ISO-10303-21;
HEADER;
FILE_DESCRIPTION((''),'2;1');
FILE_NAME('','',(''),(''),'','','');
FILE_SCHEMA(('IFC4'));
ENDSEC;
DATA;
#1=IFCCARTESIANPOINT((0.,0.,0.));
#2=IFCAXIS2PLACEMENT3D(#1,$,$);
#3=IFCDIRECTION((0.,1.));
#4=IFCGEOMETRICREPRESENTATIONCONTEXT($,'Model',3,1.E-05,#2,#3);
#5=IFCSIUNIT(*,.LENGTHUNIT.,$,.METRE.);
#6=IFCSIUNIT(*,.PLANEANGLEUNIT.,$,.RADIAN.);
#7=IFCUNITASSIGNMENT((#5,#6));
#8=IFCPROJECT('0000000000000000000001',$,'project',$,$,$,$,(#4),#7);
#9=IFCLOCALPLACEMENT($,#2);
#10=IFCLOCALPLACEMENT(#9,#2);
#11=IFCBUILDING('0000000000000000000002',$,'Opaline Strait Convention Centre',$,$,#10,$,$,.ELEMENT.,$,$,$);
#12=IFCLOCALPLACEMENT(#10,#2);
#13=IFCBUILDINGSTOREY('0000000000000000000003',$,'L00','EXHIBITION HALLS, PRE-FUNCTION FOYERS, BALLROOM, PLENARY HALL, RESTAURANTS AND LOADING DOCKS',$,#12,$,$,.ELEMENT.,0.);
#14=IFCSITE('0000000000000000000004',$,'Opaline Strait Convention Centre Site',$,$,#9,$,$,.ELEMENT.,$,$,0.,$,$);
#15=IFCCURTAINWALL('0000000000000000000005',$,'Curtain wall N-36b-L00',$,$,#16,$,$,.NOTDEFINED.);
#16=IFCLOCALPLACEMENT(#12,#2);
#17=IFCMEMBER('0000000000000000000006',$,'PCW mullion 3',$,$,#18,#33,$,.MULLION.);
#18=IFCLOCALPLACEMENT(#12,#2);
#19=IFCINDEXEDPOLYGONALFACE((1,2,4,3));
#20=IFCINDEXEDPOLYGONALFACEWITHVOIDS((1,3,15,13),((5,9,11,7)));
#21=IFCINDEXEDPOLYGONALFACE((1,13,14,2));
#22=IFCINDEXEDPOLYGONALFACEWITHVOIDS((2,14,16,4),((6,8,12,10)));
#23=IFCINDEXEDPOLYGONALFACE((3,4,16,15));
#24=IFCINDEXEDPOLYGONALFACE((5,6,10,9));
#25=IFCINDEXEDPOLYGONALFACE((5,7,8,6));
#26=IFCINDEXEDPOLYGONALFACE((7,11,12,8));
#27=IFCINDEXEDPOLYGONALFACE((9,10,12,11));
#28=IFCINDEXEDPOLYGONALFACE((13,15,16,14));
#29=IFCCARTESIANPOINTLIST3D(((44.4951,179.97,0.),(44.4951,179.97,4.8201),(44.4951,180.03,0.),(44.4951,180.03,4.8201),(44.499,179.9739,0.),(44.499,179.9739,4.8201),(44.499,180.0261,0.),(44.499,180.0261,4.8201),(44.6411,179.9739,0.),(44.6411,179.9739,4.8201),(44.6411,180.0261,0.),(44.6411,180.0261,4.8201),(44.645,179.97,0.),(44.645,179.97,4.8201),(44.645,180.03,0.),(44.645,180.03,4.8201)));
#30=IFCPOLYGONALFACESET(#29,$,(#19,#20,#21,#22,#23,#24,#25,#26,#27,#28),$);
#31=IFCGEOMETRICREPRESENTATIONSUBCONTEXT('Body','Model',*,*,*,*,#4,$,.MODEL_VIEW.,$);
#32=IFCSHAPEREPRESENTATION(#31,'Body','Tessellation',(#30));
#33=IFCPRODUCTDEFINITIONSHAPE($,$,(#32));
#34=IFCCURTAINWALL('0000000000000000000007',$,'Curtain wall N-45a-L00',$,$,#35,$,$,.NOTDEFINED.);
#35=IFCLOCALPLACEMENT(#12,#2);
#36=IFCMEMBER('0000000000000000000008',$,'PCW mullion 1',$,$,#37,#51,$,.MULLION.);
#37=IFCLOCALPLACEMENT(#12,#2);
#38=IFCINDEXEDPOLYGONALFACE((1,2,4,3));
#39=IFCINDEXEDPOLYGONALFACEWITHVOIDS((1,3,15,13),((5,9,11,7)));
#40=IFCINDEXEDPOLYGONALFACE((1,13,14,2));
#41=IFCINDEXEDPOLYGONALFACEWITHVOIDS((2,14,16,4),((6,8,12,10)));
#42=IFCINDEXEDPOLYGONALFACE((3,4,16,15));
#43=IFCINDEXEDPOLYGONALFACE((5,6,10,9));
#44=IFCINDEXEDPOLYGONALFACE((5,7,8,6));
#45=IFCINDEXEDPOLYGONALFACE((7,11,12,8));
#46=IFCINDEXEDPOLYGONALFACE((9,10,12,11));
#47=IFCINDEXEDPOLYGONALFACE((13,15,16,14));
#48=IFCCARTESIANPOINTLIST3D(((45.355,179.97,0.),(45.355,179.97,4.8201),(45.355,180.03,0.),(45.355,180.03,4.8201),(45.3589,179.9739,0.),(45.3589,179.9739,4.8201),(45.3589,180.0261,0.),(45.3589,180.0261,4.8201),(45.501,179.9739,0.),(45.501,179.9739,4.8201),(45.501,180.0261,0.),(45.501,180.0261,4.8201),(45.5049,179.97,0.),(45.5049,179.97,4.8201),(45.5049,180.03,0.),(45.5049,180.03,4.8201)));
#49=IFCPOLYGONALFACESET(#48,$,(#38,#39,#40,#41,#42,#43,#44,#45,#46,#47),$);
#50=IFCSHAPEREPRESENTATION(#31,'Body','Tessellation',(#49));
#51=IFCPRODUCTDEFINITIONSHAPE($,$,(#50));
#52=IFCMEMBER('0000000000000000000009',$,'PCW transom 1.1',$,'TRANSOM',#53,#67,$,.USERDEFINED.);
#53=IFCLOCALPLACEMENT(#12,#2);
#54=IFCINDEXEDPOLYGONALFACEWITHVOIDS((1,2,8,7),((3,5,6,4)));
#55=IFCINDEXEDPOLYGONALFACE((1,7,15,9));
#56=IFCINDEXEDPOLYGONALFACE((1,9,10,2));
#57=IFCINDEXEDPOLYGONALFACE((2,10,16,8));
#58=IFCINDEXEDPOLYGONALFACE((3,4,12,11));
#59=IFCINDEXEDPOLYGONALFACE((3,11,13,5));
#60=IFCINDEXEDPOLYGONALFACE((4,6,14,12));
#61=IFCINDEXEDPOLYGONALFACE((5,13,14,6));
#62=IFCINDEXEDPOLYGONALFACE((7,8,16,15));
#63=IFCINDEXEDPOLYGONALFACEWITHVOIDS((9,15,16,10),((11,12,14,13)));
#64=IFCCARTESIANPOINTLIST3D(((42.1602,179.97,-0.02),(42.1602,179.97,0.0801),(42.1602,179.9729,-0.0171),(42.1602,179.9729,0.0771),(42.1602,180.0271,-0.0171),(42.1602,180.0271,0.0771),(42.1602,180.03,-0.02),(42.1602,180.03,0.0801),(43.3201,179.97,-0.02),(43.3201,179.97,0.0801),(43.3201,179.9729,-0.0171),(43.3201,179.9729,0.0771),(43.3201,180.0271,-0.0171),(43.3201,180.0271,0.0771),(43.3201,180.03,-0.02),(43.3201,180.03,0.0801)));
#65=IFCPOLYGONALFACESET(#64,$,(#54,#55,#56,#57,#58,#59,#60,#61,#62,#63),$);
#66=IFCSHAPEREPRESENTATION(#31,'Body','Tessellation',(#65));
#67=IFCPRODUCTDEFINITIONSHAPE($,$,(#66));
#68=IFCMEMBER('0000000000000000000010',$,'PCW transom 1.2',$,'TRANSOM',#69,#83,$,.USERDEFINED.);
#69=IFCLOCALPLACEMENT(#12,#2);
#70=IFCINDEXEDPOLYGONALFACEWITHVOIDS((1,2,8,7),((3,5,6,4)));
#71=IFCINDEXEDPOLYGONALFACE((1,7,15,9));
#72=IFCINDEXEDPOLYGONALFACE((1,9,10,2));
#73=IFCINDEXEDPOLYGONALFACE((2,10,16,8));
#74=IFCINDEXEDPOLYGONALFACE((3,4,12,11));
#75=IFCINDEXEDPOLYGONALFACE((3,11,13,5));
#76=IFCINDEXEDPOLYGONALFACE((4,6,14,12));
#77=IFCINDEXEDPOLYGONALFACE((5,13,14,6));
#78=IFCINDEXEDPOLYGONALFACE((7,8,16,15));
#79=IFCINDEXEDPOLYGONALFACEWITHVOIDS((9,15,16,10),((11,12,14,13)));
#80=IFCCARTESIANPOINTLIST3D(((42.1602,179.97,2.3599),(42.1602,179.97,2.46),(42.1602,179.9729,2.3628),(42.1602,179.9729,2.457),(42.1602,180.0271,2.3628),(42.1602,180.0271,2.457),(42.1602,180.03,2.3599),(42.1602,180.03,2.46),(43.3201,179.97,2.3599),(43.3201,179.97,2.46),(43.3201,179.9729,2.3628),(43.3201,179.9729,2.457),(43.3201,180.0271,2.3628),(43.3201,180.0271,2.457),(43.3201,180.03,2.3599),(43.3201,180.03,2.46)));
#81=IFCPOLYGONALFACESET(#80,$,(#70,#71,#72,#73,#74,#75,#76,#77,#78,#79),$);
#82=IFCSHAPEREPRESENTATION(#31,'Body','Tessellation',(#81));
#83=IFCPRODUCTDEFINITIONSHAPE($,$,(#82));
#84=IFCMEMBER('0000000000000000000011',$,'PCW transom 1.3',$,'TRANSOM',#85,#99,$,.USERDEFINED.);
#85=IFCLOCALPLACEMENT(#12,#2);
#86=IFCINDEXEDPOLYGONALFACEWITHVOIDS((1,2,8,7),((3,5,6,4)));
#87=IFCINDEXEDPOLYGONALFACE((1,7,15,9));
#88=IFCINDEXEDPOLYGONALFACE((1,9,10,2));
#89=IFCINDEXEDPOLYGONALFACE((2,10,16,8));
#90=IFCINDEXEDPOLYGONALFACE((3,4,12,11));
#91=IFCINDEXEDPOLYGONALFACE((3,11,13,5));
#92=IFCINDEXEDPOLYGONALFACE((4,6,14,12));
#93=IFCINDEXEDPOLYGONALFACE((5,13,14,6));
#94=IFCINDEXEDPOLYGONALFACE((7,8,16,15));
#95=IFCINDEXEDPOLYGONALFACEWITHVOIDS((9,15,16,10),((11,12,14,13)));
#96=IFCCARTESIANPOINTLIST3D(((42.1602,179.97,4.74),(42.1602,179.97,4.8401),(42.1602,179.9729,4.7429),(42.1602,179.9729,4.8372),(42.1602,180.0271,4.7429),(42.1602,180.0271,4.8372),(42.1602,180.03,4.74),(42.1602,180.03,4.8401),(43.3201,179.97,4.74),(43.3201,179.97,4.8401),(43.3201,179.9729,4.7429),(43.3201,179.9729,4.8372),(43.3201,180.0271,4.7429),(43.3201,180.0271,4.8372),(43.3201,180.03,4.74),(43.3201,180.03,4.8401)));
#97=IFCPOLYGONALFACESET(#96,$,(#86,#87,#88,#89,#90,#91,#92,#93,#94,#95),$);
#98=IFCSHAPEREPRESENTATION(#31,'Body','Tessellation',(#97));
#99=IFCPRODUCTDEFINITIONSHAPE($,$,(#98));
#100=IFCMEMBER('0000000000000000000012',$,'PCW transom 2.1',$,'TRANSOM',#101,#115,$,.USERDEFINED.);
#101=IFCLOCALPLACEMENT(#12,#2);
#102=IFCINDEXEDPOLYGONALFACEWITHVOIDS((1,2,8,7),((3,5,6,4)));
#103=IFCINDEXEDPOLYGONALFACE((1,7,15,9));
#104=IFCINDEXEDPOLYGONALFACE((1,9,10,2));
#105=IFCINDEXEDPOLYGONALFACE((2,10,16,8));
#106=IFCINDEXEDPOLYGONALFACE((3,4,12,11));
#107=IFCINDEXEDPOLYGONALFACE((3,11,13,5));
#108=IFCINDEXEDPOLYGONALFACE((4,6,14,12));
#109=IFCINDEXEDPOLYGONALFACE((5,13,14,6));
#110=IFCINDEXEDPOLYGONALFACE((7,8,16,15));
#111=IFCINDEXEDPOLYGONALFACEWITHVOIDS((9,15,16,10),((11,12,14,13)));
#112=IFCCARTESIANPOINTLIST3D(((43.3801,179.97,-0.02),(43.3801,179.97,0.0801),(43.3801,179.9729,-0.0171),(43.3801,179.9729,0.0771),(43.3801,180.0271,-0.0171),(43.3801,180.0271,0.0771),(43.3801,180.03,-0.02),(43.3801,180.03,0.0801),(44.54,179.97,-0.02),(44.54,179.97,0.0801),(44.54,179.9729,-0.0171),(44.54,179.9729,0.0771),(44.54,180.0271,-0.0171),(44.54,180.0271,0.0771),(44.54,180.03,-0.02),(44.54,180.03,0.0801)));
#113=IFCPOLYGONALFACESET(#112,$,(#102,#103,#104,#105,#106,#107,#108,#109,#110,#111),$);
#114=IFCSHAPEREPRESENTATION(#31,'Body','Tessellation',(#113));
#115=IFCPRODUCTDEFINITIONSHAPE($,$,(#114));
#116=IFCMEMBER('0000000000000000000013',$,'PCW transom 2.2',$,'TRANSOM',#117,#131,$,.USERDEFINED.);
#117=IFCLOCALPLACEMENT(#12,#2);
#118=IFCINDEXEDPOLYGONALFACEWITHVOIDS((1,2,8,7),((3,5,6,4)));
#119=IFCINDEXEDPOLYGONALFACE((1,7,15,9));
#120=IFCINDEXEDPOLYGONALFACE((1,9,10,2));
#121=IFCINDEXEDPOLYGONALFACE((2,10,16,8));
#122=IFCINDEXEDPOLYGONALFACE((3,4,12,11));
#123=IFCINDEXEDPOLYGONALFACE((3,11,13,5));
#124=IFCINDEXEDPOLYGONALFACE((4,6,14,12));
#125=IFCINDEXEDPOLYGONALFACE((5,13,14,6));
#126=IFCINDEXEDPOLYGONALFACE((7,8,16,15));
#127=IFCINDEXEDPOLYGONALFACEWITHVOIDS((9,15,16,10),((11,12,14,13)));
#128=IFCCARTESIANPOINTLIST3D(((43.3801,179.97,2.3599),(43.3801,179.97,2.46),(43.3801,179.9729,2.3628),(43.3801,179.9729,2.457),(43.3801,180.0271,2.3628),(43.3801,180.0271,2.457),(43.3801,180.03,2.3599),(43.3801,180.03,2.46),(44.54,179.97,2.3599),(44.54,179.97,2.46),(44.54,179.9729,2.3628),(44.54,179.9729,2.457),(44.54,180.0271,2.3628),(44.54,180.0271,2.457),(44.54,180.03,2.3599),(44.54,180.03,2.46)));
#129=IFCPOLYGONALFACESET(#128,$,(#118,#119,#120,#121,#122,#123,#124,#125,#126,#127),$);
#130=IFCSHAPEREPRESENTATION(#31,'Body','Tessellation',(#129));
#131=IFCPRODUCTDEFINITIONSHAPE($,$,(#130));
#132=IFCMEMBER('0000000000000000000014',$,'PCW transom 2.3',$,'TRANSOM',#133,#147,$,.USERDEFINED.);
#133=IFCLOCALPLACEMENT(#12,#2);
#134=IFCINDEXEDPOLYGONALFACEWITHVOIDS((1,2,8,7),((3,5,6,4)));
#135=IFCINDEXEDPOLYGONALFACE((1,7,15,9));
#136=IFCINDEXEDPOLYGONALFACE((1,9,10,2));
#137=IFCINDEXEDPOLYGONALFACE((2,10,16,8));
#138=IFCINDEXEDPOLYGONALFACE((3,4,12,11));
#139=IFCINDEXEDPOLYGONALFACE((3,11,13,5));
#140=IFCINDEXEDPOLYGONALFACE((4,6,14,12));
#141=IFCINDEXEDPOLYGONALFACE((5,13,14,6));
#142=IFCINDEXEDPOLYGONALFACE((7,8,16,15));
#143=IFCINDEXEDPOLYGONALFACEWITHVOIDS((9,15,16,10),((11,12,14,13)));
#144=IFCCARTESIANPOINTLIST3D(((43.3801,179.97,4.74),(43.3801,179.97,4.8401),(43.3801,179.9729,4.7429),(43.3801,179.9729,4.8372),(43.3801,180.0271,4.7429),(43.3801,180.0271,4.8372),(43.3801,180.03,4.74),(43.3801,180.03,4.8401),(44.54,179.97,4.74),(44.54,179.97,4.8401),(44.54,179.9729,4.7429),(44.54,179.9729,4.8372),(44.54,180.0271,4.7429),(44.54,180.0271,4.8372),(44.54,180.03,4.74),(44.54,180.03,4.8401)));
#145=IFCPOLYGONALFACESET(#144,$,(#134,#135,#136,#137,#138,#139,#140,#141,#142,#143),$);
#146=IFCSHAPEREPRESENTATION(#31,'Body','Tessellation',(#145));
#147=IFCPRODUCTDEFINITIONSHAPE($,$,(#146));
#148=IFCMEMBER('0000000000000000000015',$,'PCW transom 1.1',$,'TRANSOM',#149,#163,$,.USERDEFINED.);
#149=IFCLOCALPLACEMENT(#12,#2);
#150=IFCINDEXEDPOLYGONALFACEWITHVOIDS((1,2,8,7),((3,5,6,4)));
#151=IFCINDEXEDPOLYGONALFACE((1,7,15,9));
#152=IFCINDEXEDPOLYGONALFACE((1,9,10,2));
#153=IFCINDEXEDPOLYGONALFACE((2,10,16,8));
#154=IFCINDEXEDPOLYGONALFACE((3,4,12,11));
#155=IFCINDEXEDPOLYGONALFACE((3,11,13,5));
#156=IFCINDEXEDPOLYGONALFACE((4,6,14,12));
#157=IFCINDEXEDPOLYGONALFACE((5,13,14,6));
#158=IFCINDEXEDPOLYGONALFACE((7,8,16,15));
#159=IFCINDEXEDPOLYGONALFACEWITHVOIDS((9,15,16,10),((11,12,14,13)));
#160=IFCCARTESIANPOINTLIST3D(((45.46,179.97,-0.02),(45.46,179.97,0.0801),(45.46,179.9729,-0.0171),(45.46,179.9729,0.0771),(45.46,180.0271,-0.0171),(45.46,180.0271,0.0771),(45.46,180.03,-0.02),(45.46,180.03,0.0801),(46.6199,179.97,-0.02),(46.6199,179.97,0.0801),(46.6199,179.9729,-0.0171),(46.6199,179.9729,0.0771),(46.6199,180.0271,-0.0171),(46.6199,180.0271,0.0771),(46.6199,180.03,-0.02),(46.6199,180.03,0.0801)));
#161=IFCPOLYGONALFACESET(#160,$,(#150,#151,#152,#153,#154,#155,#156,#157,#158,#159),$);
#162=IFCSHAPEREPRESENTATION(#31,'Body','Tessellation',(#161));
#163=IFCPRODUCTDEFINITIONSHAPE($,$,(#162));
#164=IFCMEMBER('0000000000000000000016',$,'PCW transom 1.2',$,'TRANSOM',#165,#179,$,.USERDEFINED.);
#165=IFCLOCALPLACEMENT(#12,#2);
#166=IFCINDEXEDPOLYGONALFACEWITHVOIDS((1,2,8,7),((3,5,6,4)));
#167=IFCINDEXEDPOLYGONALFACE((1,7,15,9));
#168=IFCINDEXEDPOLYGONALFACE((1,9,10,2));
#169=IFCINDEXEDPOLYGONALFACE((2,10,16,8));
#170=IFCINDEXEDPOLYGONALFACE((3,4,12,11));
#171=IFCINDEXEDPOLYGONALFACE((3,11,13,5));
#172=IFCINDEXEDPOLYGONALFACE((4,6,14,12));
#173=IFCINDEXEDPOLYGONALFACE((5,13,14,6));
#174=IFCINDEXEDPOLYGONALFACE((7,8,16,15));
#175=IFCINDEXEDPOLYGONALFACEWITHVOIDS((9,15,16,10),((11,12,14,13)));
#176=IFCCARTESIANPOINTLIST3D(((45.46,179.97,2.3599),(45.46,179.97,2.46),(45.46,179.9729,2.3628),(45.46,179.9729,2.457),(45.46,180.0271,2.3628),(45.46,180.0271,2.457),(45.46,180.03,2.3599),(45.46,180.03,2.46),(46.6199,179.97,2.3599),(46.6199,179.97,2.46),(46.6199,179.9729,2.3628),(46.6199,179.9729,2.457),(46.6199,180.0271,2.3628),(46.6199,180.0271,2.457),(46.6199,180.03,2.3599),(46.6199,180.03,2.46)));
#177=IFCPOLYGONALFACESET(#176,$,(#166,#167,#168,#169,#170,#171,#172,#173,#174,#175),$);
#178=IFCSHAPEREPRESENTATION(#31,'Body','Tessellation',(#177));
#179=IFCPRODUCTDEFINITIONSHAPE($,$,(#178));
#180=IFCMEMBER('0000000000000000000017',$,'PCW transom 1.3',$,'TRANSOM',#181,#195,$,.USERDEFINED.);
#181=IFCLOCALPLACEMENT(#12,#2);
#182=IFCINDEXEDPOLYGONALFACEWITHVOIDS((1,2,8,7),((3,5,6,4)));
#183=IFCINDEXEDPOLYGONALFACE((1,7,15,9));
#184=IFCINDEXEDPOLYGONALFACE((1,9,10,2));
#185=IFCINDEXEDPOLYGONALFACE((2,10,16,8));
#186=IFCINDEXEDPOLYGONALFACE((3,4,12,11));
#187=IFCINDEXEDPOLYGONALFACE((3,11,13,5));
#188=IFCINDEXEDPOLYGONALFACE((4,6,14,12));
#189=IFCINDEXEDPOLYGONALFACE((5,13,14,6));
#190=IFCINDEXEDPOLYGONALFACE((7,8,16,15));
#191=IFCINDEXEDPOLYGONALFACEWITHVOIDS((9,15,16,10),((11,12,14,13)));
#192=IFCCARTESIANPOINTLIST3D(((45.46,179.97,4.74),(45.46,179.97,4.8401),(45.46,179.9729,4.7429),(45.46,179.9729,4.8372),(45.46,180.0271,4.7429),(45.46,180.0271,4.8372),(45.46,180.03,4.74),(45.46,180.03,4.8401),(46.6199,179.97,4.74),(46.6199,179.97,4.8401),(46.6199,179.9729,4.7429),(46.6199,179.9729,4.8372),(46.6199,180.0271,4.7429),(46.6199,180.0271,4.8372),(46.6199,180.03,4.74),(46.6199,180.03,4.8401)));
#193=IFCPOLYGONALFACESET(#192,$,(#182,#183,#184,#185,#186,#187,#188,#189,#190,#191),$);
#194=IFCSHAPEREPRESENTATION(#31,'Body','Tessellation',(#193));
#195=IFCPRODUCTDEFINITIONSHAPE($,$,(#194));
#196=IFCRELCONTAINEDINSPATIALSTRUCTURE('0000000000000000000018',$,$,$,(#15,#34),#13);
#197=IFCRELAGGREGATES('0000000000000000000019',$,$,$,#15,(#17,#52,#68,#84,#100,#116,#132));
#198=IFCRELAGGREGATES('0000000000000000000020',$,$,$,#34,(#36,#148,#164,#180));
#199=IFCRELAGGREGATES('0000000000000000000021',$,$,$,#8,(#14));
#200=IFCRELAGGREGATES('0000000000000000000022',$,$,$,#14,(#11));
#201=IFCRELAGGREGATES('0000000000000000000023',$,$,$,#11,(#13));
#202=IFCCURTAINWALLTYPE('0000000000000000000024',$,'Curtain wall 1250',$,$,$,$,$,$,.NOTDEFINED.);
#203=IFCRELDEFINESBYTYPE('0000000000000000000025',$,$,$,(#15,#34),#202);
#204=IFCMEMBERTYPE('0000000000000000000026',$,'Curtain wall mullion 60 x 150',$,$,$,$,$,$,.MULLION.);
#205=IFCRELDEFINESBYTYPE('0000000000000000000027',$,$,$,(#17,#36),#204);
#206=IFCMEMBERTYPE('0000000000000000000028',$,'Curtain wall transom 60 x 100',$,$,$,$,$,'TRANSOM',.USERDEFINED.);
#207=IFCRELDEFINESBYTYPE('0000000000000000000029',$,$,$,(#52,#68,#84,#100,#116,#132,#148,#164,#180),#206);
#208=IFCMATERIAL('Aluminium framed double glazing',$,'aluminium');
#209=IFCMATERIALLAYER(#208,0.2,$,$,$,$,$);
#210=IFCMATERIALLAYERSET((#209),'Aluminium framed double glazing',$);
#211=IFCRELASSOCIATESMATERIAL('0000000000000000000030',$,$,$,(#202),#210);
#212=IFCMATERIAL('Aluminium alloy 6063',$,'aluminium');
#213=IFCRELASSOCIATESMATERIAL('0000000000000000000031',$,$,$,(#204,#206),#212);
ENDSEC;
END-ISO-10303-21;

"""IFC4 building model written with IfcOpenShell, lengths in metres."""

from ifc_helpers import new_model, si_unit, direction, frame, origin, origin_2d, place, context, subcontext, project, spatial, hollow_rectangle, extrude, material, layer, layer_set, material_profile, profile_set, type_object, element, aggregate, save


model = new_model("IFC4")

# Units and contexts
model_context = context("Model", 3, precision=1e-05, world=origin(), true_north=direction((0.0, 1.0)))
body_context = subcontext(model_context, "Body", "Model", "MODEL_VIEW")
ifc_project = project(units=[si_unit("LENGTHUNIT", "METRE"), si_unit("PLANEANGLEUNIT", "RADIAN")], contexts=[model_context])

# Site, building, storey
site_placement = place(None, origin())
site = spatial("IfcSite", under=ifc_project, at=site_placement, Name="Opaline Strait Convention Centre Site", CompositionType="ELEMENT", RefElevation=0.0)
building_placement = place(site_placement, origin())
building = spatial("IfcBuilding", under=site, at=building_placement, Name="Opaline Strait Convention Centre", CompositionType="ELEMENT")
storey_placement = place(building_placement, origin())
storey = spatial("IfcBuildingStorey", under=building, at=storey_placement, Name="L00", Description="EXHIBITION HALLS, PRE-FUNCTION FOYERS, BALLROOM, PLENARY HALL, RESTAURANTS AND LOADING DOCKS", CompositionType="ELEMENT", Elevation=0.0)

# Curtain wall, member
ifc_material_1 = material(Name="Aluminium framed double glazing", Category="aluminium")
ifc_layer_1 = layer(ifc_material_1, 0.2)
ifc_layer_set_1 = layer_set([ifc_layer_1], Name="Aluminium framed double glazing")
curtain_wall_type = type_object("IfcCurtainWallType", Name="Curtain wall 1250", PredefinedType="NOTDEFINED", material=ifc_layer_set_1)
curtain_wall_1_placement = place(storey_placement, origin())
curtain_wall_1 = element("IfcCurtainWall", 1, at=curtain_wall_1_placement, inside=storey, type_object=curtain_wall_type, Name="Curtain wall N-36b-L00", PredefinedType="NOTDEFINED")
ifc_material_2 = material(Name="Aluminium alloy 6063", Category="aluminium")
ifc_material_profile_1 = material_profile(ifc_material_2, hollow_rectangle(XDim=0.0601, YDim=0.1499, WallThickness=0.0039, at=origin_2d()), Name="MULLION 60x150x4")
ifc_profile_set_1 = profile_set([ifc_material_profile_1], Name="Aluminium alloy 6063")
member_type_1 = type_object("IfcMemberType", Name="Curtain wall mullion 60 x 150", PredefinedType="MULLION", material=ifc_profile_set_1)
member_1_placement = place(storey_placement, frame((44.5701, 180.0, 0.0), z_axis=(0.0, 0.0, 1.0), x_axis=(0.0, 1.0, 0.0)))
member_1 = element("IfcMember", 2, at=member_1_placement, type_object=member_type_1, Name="PCW mullion 3", PredefinedType="MULLION", context=body_context, shape_type="SweptSolid", body=[
    extrude(hollow_rectangle(XDim=0.0601, YDim=0.1499, WallThickness=0.0039, at=origin_2d()), origin(), (0.0, 0.0, 1.0), 4.8201),
])

# Curtain wall, member
curtain_wall_2_placement = place(storey_placement, origin())
curtain_wall_2 = element("IfcCurtainWall", 3, at=curtain_wall_2_placement, inside=storey, type_object=curtain_wall_type, Name="Curtain wall N-45a-L00", PredefinedType="NOTDEFINED")
member_2_placement = place(storey_placement, frame((45.4299, 180.0, 0.0), z_axis=(0.0, 0.0, 1.0), x_axis=(0.0, 1.0, 0.0)))
member_2 = element("IfcMember", 4, at=member_2_placement, type_object=member_type_1, Name="PCW mullion 1", PredefinedType="MULLION", context=body_context, shape_type="SweptSolid", body=[
    extrude(hollow_rectangle(XDim=0.0601, YDim=0.1499, WallThickness=0.0039, at=origin_2d()), origin(), (0.0, 0.0, 1.0), 4.8201),
])

# Members
ifc_material_profile_2 = material_profile(ifc_material_2, hollow_rectangle(XDim=0.0601, YDim=0.1001, WallThickness=0.0029, at=origin_2d()), Name="TRANSOM 60x100x3")
ifc_profile_set_2 = profile_set([ifc_material_profile_2], Name="Aluminium alloy 6063")
member_type_2 = type_object("IfcMemberType", Name="Curtain wall transom 60 x 100", ElementType="TRANSOM", PredefinedType="USERDEFINED", material=ifc_profile_set_2)
member_3_placement = place(storey_placement, frame((42.1602, 180.0, 0.03), z_axis=(1.0, 0.0, 0.0), x_axis=(0.0, 1.0, 0.0)))
member_3 = element("IfcMember", 5, at=member_3_placement, type_object=member_type_2, Name="PCW transom 1.1", ObjectType="TRANSOM", PredefinedType="USERDEFINED", context=body_context, shape_type="SweptSolid", body=[
    extrude(hollow_rectangle(XDim=0.0601, YDim=0.1001, WallThickness=0.0029, at=origin_2d()), origin(), (0.0, 0.0, 1.0), 1.1599),
])
member_4_placement = place(storey_placement, frame((42.1602, 180.0, 2.4099), z_axis=(1.0, 0.0, 0.0), x_axis=(0.0, 1.0, 0.0)))
member_4 = element("IfcMember", 6, at=member_4_placement, type_object=member_type_2, Name="PCW transom 1.2", ObjectType="TRANSOM", PredefinedType="USERDEFINED", context=body_context, shape_type="SweptSolid", body=[
    extrude(hollow_rectangle(XDim=0.0601, YDim=0.1001, WallThickness=0.0029, at=origin_2d()), origin(), (0.0, 0.0, 1.0), 1.1599),
])
member_5_placement = place(storey_placement, frame((42.1602, 180.0, 4.79), z_axis=(1.0, 0.0, 0.0), x_axis=(0.0, 1.0, 0.0)))
member_5 = element("IfcMember", 7, at=member_5_placement, type_object=member_type_2, Name="PCW transom 1.3", ObjectType="TRANSOM", PredefinedType="USERDEFINED", context=body_context, shape_type="SweptSolid", body=[
    extrude(hollow_rectangle(XDim=0.0601, YDim=0.1001, WallThickness=0.0029, at=origin_2d()), origin(), (0.0, 0.0, 1.0), 1.1599),
])
member_6_placement = place(storey_placement, frame((43.3801, 180.0, 0.03), z_axis=(1.0, 0.0, 0.0), x_axis=(0.0, 1.0, 0.0)))
member_6 = element("IfcMember", 8, at=member_6_placement, type_object=member_type_2, Name="PCW transom 2.1", ObjectType="TRANSOM", PredefinedType="USERDEFINED", context=body_context, shape_type="SweptSolid", body=[
    extrude(hollow_rectangle(XDim=0.0601, YDim=0.1001, WallThickness=0.0029, at=origin_2d()), origin(), (0.0, 0.0, 1.0), 1.1599),
])
member_7_placement = place(storey_placement, frame((43.3801, 180.0, 2.4099), z_axis=(1.0, 0.0, 0.0), x_axis=(0.0, 1.0, 0.0)))
member_7 = element("IfcMember", 9, at=member_7_placement, type_object=member_type_2, Name="PCW transom 2.2", ObjectType="TRANSOM", PredefinedType="USERDEFINED", context=body_context, shape_type="SweptSolid", body=[
    extrude(hollow_rectangle(XDim=0.0601, YDim=0.1001, WallThickness=0.0029, at=origin_2d()), origin(), (0.0, 0.0, 1.0), 1.1599),
])
member_8_placement = place(storey_placement, frame((43.3801, 180.0, 4.79), z_axis=(1.0, 0.0, 0.0), x_axis=(0.0, 1.0, 0.0)))
member_8 = element("IfcMember", 10, at=member_8_placement, type_object=member_type_2, Name="PCW transom 2.3", ObjectType="TRANSOM", PredefinedType="USERDEFINED", context=body_context, shape_type="SweptSolid", body=[
    extrude(hollow_rectangle(XDim=0.0601, YDim=0.1001, WallThickness=0.0029, at=origin_2d()), origin(), (0.0, 0.0, 1.0), 1.1599),
])
member_9_placement = place(storey_placement, frame((45.46, 180.0, 0.03), z_axis=(1.0, 0.0, 0.0), x_axis=(0.0, 1.0, 0.0)))
member_9 = element("IfcMember", 11, at=member_9_placement, type_object=member_type_2, Name="PCW transom 1.1", ObjectType="TRANSOM", PredefinedType="USERDEFINED", context=body_context, shape_type="SweptSolid", body=[
    extrude(hollow_rectangle(XDim=0.0601, YDim=0.1001, WallThickness=0.0029, at=origin_2d()), origin(), (0.0, 0.0, 1.0), 1.1599),
])
member_10_placement = place(storey_placement, frame((45.46, 180.0, 2.4099), z_axis=(1.0, 0.0, 0.0), x_axis=(0.0, 1.0, 0.0)))
member_10 = element("IfcMember", 12, at=member_10_placement, type_object=member_type_2, Name="PCW transom 1.2", ObjectType="TRANSOM", PredefinedType="USERDEFINED", context=body_context, shape_type="SweptSolid", body=[
    extrude(hollow_rectangle(XDim=0.0601, YDim=0.1001, WallThickness=0.0029, at=origin_2d()), origin(), (0.0, 0.0, 1.0), 1.1599),
])
member_11_placement = place(storey_placement, frame((45.46, 180.0, 4.79), z_axis=(1.0, 0.0, 0.0), x_axis=(0.0, 1.0, 0.0)))
member_11 = element("IfcMember", 13, at=member_11_placement, type_object=member_type_2, Name="PCW transom 1.3", ObjectType="TRANSOM", PredefinedType="USERDEFINED", context=body_context, shape_type="SweptSolid", body=[
    extrude(hollow_rectangle(XDim=0.0601, YDim=0.1001, WallThickness=0.0029, at=origin_2d()), origin(), (0.0, 0.0, 1.0), 1.1599),
])

aggregate(curtain_wall_1, [member_1, member_3, member_4, member_5, member_6, member_7, member_8])
aggregate(curtain_wall_2, [member_2, member_9, member_10, member_11])

save(model, "model.ifc")
